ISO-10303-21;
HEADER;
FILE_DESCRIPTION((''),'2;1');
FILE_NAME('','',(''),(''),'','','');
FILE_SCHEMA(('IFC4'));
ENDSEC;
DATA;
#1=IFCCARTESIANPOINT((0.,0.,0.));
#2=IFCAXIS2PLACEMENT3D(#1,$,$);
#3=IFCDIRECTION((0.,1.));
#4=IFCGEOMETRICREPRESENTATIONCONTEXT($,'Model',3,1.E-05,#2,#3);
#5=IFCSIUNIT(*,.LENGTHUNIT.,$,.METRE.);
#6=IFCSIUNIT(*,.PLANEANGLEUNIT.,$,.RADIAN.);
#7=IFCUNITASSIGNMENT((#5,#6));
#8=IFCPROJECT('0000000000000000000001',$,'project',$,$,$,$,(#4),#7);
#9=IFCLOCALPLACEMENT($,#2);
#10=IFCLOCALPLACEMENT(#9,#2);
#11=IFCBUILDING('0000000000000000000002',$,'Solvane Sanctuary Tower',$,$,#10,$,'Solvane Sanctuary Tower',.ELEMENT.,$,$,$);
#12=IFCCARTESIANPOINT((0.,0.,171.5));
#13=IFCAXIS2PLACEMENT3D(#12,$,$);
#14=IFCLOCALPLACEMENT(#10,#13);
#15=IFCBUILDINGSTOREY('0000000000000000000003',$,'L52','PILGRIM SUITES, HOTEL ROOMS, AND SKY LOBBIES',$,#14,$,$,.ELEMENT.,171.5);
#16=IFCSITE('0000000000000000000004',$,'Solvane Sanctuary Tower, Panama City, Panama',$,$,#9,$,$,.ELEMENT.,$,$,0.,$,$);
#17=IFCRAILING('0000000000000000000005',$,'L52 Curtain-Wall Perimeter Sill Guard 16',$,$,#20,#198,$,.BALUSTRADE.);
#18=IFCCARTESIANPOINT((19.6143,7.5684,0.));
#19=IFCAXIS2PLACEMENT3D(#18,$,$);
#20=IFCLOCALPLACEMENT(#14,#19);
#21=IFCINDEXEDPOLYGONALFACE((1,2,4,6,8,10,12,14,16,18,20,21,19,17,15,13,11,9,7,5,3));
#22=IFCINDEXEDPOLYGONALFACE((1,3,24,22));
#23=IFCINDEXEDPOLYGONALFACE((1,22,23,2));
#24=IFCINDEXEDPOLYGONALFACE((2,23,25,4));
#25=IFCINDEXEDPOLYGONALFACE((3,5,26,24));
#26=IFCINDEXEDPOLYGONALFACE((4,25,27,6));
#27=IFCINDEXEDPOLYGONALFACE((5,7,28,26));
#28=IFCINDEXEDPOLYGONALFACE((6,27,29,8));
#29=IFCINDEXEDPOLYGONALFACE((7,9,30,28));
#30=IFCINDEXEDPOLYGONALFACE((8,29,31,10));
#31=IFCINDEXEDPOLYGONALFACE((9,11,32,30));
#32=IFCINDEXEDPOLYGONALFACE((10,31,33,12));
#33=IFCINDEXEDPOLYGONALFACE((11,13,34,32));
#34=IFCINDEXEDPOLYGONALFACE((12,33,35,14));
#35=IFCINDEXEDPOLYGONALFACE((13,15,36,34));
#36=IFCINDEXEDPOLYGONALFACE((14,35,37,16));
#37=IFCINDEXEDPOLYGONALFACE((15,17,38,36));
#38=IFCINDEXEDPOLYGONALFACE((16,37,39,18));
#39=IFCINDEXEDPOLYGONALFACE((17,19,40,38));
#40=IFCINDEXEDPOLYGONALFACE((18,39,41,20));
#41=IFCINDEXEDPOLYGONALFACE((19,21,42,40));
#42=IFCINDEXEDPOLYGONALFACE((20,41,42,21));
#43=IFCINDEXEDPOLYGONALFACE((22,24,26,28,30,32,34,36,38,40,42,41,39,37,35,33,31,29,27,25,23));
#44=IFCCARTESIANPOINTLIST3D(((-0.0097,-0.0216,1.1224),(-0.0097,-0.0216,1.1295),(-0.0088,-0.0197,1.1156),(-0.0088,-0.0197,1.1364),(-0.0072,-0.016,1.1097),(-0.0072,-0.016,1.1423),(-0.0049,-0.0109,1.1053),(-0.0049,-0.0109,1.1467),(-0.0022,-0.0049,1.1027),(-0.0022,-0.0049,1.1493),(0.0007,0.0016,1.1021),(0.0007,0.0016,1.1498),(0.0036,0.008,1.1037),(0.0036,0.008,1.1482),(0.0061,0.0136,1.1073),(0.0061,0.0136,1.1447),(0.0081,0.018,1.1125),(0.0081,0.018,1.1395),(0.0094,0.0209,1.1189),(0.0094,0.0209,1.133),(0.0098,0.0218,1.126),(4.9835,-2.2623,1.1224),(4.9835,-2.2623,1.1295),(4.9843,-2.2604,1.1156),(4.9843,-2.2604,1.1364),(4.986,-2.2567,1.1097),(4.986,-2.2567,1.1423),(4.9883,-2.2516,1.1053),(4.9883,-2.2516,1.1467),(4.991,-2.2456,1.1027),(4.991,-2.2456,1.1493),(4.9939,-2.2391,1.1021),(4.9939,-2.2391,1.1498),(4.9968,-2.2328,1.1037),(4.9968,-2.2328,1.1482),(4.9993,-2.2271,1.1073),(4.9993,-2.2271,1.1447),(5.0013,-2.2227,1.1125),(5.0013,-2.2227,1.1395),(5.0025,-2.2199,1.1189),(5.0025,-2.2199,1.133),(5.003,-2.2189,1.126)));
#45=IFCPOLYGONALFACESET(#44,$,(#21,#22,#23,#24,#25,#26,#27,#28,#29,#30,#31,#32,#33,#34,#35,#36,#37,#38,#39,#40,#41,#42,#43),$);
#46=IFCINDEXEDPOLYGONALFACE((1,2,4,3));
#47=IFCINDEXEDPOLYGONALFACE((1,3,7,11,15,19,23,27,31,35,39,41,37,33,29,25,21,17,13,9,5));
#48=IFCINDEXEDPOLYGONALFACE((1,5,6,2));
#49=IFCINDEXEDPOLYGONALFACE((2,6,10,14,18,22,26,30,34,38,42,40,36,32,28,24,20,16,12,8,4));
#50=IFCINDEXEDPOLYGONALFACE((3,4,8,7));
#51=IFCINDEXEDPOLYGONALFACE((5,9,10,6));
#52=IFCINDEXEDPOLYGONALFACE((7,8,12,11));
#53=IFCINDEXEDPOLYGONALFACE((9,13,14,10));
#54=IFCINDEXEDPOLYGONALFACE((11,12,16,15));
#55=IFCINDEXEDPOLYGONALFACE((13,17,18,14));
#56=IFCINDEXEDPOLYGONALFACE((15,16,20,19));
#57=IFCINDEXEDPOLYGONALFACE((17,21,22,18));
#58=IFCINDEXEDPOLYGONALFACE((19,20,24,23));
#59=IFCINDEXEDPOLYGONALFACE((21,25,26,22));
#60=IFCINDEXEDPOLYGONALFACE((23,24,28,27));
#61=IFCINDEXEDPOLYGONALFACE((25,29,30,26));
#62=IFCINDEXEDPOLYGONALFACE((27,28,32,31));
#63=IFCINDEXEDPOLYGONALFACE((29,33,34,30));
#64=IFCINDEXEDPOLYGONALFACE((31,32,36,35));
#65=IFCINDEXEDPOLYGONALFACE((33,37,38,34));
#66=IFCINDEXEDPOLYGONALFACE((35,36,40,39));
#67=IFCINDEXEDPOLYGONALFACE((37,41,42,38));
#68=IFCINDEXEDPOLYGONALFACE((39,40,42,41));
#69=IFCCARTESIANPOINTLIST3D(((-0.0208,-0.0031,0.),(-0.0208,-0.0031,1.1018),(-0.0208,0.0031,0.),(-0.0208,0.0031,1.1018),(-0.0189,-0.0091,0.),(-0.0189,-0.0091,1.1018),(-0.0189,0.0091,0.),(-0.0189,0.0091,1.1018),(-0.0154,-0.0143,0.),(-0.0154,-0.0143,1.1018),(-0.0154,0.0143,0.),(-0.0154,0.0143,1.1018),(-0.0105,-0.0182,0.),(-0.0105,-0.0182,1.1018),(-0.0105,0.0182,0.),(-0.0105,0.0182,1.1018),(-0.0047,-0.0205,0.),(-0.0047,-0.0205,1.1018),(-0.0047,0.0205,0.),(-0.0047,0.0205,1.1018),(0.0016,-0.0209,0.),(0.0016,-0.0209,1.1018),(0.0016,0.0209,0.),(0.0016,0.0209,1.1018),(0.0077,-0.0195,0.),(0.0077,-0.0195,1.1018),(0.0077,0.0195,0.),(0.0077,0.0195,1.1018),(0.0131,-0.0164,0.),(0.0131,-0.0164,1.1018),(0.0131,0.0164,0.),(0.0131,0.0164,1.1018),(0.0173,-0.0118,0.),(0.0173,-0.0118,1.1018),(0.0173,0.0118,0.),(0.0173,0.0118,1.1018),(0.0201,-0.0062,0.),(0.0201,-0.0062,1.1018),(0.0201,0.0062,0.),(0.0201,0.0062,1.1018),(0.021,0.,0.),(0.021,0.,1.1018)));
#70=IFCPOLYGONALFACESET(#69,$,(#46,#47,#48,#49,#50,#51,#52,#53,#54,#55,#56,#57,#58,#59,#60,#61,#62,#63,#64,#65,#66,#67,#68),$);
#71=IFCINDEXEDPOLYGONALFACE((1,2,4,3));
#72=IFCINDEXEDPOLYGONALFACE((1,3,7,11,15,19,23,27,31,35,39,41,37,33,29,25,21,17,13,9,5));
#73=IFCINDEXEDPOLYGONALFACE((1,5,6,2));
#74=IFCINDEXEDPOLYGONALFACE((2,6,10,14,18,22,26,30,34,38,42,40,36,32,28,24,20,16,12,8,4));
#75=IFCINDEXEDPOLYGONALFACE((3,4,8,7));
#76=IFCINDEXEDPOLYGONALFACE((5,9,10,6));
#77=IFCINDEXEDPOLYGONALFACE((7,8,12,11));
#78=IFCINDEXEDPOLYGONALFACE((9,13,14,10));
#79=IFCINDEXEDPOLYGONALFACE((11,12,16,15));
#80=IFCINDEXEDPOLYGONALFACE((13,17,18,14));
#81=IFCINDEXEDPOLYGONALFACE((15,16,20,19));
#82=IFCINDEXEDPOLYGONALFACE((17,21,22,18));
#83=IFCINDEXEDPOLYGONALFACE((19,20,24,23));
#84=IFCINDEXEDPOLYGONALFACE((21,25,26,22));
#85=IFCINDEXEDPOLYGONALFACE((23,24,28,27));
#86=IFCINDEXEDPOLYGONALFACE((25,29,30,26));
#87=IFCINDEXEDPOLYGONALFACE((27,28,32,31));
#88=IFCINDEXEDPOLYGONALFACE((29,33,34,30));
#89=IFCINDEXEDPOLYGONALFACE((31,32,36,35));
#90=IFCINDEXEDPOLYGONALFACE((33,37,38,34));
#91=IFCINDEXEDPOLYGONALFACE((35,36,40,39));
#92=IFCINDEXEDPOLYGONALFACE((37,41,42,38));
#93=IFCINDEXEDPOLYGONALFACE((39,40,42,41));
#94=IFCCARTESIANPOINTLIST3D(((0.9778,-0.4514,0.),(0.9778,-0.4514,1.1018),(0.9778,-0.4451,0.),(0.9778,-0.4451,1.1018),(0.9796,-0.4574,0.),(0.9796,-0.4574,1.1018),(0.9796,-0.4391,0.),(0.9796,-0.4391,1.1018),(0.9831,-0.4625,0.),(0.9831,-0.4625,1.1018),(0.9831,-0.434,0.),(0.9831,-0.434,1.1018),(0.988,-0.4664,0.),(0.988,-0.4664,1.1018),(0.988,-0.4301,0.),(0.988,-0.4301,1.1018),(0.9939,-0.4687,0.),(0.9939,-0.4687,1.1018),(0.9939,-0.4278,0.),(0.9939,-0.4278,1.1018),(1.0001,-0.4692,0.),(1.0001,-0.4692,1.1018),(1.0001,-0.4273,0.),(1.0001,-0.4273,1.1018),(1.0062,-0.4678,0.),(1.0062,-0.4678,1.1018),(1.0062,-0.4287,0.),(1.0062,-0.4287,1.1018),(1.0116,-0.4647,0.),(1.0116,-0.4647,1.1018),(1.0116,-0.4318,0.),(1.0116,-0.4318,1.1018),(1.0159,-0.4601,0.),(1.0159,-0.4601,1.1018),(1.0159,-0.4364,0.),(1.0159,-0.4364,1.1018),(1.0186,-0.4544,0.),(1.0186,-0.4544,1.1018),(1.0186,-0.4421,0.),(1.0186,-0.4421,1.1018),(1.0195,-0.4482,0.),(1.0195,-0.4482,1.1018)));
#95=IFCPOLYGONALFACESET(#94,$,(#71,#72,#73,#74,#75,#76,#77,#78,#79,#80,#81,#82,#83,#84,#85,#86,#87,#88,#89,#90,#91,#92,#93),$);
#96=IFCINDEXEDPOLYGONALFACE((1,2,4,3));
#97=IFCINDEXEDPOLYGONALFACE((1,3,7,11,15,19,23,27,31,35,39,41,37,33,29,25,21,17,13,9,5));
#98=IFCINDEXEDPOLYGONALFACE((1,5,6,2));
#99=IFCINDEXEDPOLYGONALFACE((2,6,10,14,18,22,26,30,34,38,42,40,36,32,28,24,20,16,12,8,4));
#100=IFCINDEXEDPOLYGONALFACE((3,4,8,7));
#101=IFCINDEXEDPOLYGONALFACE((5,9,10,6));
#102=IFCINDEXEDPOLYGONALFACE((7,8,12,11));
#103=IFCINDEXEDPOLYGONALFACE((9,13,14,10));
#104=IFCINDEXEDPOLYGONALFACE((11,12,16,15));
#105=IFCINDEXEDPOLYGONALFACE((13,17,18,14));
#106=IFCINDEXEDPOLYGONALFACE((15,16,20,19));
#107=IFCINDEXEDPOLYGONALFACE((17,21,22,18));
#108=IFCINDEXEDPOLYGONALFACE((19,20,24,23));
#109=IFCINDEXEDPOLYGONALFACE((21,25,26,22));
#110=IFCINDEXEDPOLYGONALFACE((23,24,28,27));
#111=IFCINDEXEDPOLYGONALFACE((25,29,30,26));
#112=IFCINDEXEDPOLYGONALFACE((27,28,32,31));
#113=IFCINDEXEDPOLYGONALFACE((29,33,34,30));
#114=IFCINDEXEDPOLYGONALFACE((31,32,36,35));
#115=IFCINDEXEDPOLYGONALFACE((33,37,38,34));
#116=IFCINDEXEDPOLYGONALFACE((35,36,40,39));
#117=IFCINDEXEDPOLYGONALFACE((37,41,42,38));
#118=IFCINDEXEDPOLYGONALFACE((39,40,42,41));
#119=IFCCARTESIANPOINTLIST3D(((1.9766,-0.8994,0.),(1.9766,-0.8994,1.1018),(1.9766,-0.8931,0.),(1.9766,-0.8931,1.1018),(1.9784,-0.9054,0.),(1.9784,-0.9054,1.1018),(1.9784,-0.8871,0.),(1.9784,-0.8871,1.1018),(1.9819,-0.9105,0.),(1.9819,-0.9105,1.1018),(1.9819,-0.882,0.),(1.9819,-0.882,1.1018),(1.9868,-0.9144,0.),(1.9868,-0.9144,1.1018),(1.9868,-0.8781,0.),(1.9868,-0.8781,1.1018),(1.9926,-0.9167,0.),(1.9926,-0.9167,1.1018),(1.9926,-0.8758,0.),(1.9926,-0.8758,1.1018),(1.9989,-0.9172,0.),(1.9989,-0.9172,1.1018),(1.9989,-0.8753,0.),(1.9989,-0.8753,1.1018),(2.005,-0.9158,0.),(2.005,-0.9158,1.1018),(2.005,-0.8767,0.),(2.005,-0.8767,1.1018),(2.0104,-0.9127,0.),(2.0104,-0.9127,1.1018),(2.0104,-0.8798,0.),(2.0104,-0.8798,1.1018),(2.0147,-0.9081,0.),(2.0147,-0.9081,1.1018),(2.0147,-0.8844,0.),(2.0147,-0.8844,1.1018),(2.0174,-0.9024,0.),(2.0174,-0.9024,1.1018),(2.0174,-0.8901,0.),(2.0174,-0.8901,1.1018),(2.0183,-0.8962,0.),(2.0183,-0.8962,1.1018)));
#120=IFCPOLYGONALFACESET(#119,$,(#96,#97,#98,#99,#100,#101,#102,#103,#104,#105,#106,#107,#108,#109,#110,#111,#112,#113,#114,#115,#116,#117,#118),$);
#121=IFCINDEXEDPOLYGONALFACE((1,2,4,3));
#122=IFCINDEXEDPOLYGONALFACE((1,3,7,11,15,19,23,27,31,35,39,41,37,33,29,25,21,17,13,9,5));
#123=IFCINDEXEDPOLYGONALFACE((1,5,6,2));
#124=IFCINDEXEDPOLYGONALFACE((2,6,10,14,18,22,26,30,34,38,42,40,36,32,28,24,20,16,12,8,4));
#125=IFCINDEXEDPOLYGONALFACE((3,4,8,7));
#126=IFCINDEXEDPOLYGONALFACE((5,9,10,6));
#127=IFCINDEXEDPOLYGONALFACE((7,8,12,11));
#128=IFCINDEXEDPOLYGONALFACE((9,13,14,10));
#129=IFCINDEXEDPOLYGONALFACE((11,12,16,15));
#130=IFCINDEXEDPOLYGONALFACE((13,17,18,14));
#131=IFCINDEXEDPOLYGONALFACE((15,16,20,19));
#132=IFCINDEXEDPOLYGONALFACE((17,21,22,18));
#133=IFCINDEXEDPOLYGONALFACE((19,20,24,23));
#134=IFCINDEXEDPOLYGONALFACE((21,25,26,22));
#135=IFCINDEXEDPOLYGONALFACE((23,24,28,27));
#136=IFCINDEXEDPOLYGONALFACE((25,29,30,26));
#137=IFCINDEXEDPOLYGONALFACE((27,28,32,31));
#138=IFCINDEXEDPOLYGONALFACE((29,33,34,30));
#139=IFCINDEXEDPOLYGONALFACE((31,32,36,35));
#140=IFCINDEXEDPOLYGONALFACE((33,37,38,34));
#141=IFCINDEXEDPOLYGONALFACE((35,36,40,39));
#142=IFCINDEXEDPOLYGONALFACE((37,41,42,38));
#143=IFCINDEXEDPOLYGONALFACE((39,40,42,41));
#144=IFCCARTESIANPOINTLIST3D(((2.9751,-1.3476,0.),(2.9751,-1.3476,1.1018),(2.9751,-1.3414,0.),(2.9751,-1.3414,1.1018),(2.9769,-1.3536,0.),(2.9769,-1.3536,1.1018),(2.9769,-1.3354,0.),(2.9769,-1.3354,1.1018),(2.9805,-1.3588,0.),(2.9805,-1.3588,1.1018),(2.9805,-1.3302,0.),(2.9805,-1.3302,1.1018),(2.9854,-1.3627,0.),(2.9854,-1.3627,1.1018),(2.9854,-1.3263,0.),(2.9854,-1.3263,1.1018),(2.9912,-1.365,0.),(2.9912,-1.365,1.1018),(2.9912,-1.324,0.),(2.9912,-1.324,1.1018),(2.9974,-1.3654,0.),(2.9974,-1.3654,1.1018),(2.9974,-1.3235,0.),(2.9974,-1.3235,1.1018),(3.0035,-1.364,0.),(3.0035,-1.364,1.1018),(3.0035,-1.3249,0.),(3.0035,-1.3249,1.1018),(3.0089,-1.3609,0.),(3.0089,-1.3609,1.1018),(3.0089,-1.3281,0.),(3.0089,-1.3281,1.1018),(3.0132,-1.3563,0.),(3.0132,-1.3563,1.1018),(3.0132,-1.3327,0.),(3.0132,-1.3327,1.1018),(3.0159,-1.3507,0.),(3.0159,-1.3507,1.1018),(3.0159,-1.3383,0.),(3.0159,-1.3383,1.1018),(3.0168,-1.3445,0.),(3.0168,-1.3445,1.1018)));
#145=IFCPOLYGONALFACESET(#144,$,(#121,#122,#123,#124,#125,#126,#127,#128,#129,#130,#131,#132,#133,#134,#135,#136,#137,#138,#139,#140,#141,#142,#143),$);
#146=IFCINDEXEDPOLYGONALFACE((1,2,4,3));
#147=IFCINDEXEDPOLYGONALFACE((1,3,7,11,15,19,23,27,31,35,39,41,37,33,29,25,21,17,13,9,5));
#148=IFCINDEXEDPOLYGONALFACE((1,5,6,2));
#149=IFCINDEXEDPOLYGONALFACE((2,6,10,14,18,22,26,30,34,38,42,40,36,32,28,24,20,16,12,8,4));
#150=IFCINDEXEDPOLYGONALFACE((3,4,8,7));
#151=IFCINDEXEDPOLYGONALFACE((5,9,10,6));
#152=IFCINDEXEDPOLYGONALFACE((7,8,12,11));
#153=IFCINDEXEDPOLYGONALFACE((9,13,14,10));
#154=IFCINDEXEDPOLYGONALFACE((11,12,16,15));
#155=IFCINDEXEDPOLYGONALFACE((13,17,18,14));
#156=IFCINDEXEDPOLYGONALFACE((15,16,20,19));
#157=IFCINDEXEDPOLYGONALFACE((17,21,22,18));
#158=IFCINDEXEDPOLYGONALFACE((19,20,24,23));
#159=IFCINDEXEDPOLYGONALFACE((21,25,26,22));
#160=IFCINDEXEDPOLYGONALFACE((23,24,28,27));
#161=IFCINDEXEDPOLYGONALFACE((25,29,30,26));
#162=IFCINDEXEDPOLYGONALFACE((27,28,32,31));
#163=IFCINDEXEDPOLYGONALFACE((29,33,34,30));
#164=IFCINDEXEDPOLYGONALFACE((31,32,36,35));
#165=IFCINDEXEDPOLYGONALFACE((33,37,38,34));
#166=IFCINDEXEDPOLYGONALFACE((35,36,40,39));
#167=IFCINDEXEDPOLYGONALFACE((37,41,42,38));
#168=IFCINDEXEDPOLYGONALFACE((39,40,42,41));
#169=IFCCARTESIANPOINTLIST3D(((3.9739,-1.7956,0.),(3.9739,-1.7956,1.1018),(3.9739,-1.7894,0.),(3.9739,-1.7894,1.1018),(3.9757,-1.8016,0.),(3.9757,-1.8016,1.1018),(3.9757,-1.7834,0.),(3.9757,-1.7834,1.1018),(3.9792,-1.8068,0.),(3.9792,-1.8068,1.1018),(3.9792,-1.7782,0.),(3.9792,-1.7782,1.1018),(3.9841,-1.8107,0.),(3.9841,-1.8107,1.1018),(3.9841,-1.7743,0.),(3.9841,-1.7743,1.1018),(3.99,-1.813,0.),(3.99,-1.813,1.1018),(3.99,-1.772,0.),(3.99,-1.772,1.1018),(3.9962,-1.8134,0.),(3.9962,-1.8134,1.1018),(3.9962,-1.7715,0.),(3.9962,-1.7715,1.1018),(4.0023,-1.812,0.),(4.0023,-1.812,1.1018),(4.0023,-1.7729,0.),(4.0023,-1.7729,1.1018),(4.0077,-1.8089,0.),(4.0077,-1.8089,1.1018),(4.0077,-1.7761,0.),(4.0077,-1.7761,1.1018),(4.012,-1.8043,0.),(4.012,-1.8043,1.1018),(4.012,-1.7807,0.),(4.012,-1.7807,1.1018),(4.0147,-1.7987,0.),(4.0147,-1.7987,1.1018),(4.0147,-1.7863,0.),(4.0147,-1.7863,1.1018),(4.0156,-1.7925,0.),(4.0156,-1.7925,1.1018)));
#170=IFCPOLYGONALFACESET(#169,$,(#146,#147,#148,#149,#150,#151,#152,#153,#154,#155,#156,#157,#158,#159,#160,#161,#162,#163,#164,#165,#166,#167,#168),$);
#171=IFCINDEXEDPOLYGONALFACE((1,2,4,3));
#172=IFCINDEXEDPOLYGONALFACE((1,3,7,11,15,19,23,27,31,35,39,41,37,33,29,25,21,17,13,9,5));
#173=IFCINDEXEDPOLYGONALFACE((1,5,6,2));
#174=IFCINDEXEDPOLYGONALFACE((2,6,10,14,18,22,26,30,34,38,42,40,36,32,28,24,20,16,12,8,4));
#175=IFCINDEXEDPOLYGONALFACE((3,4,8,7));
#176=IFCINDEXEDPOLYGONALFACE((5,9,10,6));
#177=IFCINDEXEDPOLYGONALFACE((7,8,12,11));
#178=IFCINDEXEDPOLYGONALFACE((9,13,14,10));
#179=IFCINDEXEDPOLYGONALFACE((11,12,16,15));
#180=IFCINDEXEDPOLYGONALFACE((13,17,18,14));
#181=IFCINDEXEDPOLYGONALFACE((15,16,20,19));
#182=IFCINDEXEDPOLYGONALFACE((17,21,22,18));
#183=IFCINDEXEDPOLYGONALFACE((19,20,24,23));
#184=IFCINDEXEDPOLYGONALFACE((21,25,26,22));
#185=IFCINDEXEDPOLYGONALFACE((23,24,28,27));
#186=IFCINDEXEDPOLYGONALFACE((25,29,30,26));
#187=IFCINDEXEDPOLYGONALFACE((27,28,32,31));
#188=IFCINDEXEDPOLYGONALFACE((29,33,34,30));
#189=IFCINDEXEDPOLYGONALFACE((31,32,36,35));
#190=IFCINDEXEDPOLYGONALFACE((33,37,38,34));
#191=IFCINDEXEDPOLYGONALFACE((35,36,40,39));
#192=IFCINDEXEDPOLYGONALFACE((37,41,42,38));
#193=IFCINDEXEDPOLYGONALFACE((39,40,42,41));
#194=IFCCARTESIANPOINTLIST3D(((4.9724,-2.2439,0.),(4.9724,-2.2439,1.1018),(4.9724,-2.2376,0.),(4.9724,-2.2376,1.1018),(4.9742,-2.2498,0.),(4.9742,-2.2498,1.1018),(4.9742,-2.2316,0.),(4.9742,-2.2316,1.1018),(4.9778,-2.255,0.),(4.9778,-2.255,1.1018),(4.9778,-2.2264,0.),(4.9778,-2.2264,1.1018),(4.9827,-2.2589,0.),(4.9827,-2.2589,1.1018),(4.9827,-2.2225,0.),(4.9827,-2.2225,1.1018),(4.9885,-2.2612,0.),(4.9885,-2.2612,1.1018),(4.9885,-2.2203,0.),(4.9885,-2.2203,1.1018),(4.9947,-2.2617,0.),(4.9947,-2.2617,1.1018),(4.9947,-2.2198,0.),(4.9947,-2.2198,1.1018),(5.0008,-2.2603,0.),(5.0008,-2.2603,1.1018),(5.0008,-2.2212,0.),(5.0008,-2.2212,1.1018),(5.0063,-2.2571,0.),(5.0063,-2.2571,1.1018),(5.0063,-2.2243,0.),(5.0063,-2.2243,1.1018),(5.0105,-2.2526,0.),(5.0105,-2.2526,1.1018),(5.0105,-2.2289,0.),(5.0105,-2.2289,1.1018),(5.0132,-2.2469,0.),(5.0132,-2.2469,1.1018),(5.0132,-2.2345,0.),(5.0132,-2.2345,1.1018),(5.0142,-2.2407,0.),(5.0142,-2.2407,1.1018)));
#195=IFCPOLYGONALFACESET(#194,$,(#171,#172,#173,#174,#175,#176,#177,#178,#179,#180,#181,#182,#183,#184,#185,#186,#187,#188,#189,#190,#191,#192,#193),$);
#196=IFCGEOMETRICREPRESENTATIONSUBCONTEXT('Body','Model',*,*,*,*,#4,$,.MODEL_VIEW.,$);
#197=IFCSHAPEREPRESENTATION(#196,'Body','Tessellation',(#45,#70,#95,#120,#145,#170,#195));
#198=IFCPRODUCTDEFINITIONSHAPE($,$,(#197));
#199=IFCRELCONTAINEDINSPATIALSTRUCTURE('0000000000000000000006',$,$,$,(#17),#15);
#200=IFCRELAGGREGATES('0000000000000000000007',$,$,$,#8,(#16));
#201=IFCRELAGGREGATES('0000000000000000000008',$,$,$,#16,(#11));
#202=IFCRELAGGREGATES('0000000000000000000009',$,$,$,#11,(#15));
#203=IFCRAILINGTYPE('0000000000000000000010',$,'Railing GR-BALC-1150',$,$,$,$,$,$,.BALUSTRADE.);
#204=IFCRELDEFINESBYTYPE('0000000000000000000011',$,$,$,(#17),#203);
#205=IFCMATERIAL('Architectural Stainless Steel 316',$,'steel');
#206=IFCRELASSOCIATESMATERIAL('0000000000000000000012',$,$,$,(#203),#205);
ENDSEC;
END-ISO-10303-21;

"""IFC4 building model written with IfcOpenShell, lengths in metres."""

from ifc_helpers import new_model, si_unit, direction, frame, origin, origin_2d, place, context, subcontext, project, spatial, circle, extrude, material, type_object, element, save


model = new_model("IFC4")

# Units and contexts
model_context = context("Model", 3, precision=1e-05, world=origin(), true_north=direction((0.0, 1.0)))
body_context = subcontext(model_context, "Body", "Model", "MODEL_VIEW")
ifc_project = project(units=[si_unit("LENGTHUNIT", "METRE"), si_unit("PLANEANGLEUNIT", "RADIAN")], contexts=[model_context])

# Site, building, storey
site_placement = place(None, origin())
site = spatial("IfcSite", under=ifc_project, at=site_placement, Name="Solvane Sanctuary Tower, Panama City, Panama", CompositionType="ELEMENT", RefElevation=0.0)
building_placement = place(site_placement, origin())
building = spatial("IfcBuilding", under=site, at=building_placement, Name="Solvane Sanctuary Tower", LongName="Solvane Sanctuary Tower", CompositionType="ELEMENT")
storey_placement = place(building_placement, frame((0.0, 0.0, 171.5)))
storey = spatial("IfcBuildingStorey", under=building, at=storey_placement, Name="L52", Description="PILGRIM SUITES, HOTEL ROOMS, AND SKY LOBBIES", CompositionType="ELEMENT", Elevation=171.5)

# Railing
ifc_material_1 = material(Name="Architectural Stainless Steel 316", Category="steel")
railing_type = type_object("IfcRailingType", Name="Railing GR-BALC-1150", PredefinedType="BALUSTRADE", material=ifc_material_1)
railing_placement = place(storey_placement, frame((19.6143, 7.5684, 0.0)))
element("IfcRailing", 1, at=railing_placement, inside=storey, type_object=railing_type, Name="L52 Curtain-Wall Perimeter Sill Guard 16", PredefinedType="BALUSTRADE", context=body_context, shape_type="SweptSolid", body=[
    extrude(circle(Radius=0.0239, at=origin_2d()), frame((0.0, 0.0, 1.126), z_axis=(0.912345, -0.409422, 0.0), x_axis=(0.409422, 0.912345, 0.0)), (0.0, 0.0, 1.0), 5.4729),
    extrude(circle(Radius=0.021, at=origin_2d()), origin(), (0.0, 0.0, 1.0), 1.1018),
    extrude(circle(Radius=0.021, at=origin_2d()), frame((0.9985, -0.4482, 0.0)), (0.0, 0.0, 1.0), 1.1018),
    extrude(circle(Radius=0.021, at=origin_2d()), frame((1.9973, -0.8962, 0.0)), (0.0, 0.0, 1.0), 1.1018),
    extrude(circle(Radius=0.021, at=origin_2d()), frame((2.9958, -1.3445, 0.0)), (0.0, 0.0, 1.0), 1.1018),
    extrude(circle(Radius=0.021, at=origin_2d()), frame((3.9946, -1.7925, 0.0)), (0.0, 0.0, 1.0), 1.1018),
    extrude(circle(Radius=0.021, at=origin_2d()), frame((4.9932, -2.2407, 0.0)), (0.0, 0.0, 1.0), 1.1018),
])

save(model, "model.ifc")
